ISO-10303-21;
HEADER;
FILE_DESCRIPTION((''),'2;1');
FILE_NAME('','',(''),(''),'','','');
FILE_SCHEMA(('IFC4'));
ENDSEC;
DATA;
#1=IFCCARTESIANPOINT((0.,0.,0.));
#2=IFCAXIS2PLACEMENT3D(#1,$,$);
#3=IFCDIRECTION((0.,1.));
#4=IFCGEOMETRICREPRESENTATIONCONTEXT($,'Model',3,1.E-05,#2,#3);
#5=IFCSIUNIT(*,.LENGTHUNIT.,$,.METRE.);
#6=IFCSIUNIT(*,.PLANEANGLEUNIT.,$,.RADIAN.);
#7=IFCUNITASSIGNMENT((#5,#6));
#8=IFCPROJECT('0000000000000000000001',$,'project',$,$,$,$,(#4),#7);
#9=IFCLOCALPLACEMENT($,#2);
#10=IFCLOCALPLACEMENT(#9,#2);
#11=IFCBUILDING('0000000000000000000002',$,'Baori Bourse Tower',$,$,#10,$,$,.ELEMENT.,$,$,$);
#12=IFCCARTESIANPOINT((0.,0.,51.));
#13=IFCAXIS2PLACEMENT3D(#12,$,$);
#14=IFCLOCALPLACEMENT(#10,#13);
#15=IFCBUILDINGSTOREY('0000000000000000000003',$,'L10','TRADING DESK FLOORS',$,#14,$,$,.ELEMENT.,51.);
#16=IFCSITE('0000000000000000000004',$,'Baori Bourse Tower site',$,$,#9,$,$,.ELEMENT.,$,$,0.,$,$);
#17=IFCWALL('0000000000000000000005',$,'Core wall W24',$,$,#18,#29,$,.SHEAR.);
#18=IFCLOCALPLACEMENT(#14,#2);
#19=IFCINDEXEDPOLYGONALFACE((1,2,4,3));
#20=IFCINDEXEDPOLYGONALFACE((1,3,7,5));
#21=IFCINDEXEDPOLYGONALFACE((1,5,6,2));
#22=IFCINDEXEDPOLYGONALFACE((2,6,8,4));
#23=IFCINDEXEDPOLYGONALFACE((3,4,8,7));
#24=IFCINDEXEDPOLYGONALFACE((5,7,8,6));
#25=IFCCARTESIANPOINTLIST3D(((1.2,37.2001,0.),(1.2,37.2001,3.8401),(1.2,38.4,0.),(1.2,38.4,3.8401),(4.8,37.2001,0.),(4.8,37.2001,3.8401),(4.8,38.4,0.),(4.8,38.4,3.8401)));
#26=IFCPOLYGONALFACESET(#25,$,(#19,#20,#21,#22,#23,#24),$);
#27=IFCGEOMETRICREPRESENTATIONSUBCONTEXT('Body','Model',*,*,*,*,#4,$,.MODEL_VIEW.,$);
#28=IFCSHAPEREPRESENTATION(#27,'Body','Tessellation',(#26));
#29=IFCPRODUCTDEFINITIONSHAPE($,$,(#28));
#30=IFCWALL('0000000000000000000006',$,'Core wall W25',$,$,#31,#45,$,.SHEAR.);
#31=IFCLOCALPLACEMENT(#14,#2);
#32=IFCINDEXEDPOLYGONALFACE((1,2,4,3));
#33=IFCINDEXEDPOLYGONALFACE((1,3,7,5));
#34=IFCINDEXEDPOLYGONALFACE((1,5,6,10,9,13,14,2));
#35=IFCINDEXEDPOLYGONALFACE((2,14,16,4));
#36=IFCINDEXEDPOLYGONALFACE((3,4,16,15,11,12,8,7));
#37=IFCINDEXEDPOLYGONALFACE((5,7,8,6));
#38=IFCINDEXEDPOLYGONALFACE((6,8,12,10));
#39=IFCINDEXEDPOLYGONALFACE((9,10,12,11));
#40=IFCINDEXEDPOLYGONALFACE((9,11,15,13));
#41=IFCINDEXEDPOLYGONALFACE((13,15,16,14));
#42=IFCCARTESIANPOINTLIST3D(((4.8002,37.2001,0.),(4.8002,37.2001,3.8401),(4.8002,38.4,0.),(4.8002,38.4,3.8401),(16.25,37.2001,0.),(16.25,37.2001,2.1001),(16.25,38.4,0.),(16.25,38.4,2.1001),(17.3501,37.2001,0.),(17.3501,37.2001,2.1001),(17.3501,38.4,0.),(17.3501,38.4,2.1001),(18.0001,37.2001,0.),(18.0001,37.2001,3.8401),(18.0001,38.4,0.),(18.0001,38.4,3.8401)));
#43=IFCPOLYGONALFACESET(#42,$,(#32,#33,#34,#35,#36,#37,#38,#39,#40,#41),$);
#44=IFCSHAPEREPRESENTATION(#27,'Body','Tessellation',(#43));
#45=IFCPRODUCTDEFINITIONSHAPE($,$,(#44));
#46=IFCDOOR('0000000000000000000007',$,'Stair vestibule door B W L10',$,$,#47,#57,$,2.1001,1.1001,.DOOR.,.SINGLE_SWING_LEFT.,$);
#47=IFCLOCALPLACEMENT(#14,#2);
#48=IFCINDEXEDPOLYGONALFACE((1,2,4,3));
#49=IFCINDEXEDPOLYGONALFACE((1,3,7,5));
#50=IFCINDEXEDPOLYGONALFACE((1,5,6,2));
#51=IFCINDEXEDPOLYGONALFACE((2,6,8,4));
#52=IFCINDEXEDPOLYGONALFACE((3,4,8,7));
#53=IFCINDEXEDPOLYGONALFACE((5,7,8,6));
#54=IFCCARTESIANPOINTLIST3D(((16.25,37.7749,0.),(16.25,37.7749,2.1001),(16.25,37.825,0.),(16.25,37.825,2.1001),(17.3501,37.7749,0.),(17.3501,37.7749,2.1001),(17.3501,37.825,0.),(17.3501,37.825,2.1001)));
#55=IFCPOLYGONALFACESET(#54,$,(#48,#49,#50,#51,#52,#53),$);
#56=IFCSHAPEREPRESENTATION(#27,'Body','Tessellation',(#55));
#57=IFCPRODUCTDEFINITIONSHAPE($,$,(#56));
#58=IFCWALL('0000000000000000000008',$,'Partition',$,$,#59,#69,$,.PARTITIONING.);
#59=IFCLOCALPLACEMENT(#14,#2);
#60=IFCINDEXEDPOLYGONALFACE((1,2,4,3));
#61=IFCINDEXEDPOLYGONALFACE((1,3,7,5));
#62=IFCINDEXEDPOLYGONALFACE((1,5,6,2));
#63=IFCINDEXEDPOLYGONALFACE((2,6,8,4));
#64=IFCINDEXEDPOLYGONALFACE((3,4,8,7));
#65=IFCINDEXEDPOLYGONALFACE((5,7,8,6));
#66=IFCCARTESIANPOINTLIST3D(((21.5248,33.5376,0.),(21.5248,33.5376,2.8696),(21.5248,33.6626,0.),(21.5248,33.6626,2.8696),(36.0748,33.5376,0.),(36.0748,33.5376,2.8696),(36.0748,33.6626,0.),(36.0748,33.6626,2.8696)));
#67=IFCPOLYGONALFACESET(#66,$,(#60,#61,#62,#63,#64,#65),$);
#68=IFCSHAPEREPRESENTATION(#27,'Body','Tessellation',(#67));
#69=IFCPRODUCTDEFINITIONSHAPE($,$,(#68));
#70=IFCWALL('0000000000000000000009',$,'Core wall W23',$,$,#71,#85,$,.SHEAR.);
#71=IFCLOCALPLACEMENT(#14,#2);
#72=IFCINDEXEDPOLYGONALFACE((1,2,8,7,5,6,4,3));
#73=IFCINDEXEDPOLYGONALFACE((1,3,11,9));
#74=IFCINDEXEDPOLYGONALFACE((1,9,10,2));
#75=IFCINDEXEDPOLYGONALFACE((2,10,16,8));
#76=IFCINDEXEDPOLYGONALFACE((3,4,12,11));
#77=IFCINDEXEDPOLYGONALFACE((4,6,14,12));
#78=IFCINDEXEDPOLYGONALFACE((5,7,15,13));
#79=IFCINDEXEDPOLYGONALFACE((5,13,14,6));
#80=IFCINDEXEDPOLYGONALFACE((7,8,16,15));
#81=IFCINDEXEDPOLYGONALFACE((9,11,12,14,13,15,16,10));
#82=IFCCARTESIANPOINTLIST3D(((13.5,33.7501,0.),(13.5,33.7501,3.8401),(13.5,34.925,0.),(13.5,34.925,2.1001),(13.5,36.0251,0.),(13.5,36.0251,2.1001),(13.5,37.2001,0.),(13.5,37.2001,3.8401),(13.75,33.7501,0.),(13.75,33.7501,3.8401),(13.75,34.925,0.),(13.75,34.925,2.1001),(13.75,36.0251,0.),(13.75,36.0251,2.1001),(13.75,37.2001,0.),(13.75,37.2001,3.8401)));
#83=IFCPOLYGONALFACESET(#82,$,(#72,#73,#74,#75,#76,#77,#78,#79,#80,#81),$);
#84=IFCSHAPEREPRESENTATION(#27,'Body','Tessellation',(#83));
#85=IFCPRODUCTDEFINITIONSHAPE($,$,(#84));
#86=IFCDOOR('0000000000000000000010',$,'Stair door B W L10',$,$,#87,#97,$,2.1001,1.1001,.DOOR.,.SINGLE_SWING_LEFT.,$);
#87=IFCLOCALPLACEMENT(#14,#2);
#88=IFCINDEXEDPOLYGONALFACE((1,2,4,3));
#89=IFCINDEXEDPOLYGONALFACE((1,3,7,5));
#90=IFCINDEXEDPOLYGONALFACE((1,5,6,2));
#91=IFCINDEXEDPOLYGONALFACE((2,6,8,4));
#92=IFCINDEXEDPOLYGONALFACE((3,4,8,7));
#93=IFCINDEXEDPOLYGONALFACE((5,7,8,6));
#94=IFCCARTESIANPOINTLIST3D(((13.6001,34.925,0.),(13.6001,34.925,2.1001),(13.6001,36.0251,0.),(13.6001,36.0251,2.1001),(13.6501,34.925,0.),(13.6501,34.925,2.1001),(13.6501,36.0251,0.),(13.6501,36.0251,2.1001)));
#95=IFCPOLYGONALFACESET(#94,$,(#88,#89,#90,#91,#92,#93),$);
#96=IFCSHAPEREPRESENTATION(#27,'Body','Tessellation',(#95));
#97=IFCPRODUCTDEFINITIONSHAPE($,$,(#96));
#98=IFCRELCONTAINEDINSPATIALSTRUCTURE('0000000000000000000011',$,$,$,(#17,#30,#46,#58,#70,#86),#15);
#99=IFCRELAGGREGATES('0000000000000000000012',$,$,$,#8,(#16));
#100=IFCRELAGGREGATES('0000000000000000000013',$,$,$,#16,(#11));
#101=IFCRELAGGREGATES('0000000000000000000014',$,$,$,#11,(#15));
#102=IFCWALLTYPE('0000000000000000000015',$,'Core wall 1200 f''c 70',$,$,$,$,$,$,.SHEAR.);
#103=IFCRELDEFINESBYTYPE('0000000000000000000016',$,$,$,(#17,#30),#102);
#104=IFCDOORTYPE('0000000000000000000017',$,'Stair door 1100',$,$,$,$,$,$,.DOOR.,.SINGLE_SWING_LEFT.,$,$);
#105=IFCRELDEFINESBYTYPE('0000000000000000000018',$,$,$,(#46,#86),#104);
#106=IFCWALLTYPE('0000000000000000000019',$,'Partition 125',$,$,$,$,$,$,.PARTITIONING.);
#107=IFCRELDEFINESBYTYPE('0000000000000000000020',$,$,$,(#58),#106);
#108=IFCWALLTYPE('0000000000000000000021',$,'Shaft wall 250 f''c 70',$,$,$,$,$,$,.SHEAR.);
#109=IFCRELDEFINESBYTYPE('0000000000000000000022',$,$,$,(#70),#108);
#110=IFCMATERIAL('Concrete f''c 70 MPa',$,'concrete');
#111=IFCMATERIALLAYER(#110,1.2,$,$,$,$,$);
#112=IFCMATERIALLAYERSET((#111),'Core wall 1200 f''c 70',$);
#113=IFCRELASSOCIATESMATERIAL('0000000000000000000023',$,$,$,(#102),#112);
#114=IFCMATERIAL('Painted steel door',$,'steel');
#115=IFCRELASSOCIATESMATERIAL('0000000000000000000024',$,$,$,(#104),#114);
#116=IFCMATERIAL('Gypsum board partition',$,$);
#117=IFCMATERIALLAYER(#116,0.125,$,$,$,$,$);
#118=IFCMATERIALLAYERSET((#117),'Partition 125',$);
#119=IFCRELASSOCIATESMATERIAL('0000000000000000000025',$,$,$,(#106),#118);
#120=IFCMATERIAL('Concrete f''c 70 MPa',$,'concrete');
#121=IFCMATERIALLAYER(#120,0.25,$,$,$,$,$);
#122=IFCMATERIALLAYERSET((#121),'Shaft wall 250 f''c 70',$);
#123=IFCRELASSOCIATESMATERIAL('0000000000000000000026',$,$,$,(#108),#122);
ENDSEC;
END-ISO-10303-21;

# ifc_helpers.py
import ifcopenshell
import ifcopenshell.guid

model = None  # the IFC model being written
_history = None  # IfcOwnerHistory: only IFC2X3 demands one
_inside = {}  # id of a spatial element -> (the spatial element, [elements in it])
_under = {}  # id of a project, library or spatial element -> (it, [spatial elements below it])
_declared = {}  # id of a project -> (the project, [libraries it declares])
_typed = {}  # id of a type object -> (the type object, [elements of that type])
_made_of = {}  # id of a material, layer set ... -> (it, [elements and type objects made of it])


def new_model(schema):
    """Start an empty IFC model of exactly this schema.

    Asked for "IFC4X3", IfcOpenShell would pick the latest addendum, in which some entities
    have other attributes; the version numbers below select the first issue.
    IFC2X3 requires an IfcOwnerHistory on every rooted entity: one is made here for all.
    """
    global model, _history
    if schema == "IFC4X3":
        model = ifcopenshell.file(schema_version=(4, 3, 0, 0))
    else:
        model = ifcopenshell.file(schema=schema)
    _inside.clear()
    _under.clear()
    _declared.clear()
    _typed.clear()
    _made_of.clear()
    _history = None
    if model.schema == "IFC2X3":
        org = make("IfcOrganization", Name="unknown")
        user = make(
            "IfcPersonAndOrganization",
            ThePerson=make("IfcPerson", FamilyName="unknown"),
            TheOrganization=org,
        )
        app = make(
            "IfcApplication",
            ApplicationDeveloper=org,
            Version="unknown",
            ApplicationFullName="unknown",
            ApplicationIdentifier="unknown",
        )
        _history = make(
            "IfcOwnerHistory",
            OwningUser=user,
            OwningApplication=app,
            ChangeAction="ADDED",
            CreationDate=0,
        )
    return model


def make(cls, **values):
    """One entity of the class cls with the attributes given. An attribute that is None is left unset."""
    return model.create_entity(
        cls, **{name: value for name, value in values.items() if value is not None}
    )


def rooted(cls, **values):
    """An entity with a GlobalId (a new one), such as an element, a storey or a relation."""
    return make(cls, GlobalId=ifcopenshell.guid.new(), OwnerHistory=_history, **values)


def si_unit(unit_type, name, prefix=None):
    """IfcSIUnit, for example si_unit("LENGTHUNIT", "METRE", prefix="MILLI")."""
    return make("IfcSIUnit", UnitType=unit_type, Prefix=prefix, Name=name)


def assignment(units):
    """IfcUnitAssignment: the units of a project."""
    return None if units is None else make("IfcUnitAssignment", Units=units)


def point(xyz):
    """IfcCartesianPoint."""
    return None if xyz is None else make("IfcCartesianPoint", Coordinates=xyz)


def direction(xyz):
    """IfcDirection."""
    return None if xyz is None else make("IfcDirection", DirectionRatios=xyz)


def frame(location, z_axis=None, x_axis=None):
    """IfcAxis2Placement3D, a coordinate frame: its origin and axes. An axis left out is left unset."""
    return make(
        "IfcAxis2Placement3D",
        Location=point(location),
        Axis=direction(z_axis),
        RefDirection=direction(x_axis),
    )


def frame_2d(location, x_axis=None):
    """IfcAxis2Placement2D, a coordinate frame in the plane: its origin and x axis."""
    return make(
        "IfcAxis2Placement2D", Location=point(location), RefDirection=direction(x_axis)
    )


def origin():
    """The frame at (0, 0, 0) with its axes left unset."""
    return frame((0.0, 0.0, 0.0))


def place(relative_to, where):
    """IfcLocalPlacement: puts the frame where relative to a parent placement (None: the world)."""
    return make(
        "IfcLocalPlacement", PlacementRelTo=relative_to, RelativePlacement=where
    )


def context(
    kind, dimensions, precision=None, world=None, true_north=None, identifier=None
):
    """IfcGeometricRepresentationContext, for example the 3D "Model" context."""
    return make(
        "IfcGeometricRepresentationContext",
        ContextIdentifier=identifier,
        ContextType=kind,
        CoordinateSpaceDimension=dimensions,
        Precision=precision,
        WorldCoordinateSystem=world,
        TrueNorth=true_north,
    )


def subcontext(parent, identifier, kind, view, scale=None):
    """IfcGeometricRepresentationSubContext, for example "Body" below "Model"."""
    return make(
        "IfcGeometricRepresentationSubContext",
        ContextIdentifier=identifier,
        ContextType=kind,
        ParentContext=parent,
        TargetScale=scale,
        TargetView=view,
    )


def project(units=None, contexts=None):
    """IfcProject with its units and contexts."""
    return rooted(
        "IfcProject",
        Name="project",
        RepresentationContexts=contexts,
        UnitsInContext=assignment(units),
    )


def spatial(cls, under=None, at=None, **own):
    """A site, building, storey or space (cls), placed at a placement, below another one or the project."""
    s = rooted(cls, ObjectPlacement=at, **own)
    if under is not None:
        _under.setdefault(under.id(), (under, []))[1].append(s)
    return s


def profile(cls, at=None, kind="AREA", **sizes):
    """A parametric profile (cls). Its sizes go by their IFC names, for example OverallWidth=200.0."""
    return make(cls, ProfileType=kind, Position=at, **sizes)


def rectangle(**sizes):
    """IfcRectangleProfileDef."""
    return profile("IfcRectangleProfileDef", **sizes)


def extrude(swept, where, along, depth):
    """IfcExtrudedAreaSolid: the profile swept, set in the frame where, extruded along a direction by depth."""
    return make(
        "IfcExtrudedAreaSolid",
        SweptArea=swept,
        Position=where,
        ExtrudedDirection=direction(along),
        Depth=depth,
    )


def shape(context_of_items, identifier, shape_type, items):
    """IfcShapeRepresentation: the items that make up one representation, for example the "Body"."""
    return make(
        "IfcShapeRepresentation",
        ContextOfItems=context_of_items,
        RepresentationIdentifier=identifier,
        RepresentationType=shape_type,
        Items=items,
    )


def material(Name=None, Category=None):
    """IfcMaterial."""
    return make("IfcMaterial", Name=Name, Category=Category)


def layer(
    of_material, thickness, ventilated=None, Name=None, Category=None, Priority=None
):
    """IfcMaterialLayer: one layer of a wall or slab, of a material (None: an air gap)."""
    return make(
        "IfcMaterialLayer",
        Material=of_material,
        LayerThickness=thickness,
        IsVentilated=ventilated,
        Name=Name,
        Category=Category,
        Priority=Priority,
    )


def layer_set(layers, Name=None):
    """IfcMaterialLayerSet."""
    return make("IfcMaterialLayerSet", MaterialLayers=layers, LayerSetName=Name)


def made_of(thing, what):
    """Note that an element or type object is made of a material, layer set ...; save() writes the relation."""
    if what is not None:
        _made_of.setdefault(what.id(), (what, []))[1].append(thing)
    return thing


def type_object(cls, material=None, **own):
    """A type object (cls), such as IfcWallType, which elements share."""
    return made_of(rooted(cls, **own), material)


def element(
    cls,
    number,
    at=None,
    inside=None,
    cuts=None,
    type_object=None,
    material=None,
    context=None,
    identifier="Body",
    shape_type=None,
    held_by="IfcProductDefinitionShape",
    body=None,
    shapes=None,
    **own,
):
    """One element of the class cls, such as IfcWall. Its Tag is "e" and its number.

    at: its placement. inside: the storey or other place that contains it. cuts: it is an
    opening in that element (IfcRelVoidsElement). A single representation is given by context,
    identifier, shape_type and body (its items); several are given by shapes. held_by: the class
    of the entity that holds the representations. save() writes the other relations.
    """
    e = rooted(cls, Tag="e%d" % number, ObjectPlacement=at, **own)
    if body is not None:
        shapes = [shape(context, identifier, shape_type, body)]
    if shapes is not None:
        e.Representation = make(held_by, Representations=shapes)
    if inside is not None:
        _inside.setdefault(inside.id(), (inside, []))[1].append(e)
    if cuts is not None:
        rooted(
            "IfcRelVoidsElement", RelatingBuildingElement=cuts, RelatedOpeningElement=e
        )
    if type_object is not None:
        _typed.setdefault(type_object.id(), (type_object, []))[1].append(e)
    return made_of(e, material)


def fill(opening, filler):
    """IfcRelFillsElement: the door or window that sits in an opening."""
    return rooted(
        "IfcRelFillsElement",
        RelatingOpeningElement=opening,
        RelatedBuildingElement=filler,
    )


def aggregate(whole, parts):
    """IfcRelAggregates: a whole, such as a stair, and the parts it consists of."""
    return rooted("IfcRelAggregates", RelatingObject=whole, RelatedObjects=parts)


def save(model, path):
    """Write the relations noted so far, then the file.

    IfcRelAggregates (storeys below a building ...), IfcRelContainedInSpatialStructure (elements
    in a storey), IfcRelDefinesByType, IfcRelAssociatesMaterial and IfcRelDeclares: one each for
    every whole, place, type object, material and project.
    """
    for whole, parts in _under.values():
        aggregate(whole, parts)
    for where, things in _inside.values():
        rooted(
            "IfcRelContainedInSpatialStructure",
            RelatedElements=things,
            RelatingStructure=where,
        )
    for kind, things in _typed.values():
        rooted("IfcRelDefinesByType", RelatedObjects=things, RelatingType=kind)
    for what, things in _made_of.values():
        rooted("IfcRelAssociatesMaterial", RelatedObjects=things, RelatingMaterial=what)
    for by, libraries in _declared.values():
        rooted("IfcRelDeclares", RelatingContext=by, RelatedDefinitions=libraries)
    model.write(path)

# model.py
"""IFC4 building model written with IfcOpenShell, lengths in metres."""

from ifc_helpers import new_model, si_unit, direction, frame, frame_2d, origin, place, context, subcontext, project, spatial, rectangle, extrude, material, layer, layer_set, type_object, element, fill, save


model = new_model("IFC4")

# Units and contexts
model_context = context("Model", 3, precision=1e-05, world=origin(), true_north=direction((0.0, 1.0)))
body_context = subcontext(model_context, "Body", "Model", "MODEL_VIEW")
ifc_project = project(units=[si_unit("LENGTHUNIT", "METRE"), si_unit("PLANEANGLEUNIT", "RADIAN")], contexts=[model_context])

# Site, building, storey
site_placement = place(None, origin())
site = spatial("IfcSite", under=ifc_project, at=site_placement, Name="Baori Bourse Tower site", CompositionType="ELEMENT", RefElevation=0.0)
building_placement = place(site_placement, origin())
building = spatial("IfcBuilding", under=site, at=building_placement, Name="Baori Bourse Tower", CompositionType="ELEMENT")
storey_placement = place(building_placement, frame((0.0, 0.0, 51.0)))
storey = spatial("IfcBuildingStorey", under=building, at=storey_placement, Name="L10", Description="TRADING DESK FLOORS", CompositionType="ELEMENT", Elevation=51.0)

# Wall
ifc_material_1 = material(Name="Concrete f'c 70 MPa", Category="concrete")
ifc_layer_1 = layer(ifc_material_1, 1.2)
ifc_layer_set_1 = layer_set([ifc_layer_1], Name="Core wall 1200 f'c 70")
wall_type_1 = type_object("IfcWallType", Name="Core wall 1200 f'c 70", PredefinedType="SHEAR", material=ifc_layer_set_1)
wall_1_placement = place(storey_placement, frame((1.2, 37.8, 0.0), z_axis=(0.0, 0.0, 1.0), x_axis=(1.0, 0.0, 0.0)))
element("IfcWall", 1, at=wall_1_placement, inside=storey, type_object=wall_type_1, Name="Core wall W24", PredefinedType="SHEAR", context=body_context, shape_type="SweptSolid", body=[
    extrude(rectangle(XDim=3.6001, YDim=1.2, at=frame_2d((1.8, 0.0))), origin(), (0.0, 0.0, 1.0), 3.8401),
])

# Wall, opening, door
wall_2_placement = place(storey_placement, frame((4.8, 37.8, 0.0), z_axis=(0.0, 0.0, 1.0), x_axis=(1.0, 0.0, 0.0)))
wall_2 = element("IfcWall", 2, at=wall_2_placement, inside=storey, type_object=wall_type_1, Name="Core wall W25", PredefinedType="SHEAR", context=body_context, shape_type="SweptSolid", body=[
    extrude(rectangle(XDim=13.2, YDim=1.2, at=frame_2d((6.6001, 0.0))), origin(), (0.0, 0.0, 1.0), 3.8401),
])
opening_1_placement = place(wall_2_placement, frame((11.45, 0.0, 0.0)))
opening_1 = element("IfcOpeningElement", 3, at=opening_1_placement, cuts=wall_2, PredefinedType="OPENING", context=body_context, shape_type="SweptSolid", body=[
    extrude(rectangle(XDim=1.1001, YDim=2.1001, at=frame_2d((0.55, 1.05))), frame((0.0, 0.6099, 0.0), z_axis=(0.0, -1.0, 0.0), x_axis=(1.0, 0.0, 0.0)), (0.0, 0.0, 1.0), 1.22),
])
ifc_material_2 = material(Name="Painted steel door", Category="steel")
door_type_1 = type_object("IfcDoorType", Name="Stair door 1100", OperationType="SINGLE_SWING_LEFT", PredefinedType="DOOR", material=ifc_material_2)
door_1_placement = place(opening_1_placement, origin())
door_1 = element("IfcDoor", 4, at=door_1_placement, inside=storey, type_object=door_type_1, Name="Stair vestibule door B W L10", OperationType="SINGLE_SWING_LEFT", OverallHeight=2.1001, OverallWidth=1.1001, PredefinedType="DOOR", context=body_context, shape_type="SweptSolid", body=[
    extrude(rectangle(XDim=1.1001, YDim=2.1001, at=frame_2d((0.55, 1.05))), frame((0.0, 0.0249, 0.0), z_axis=(0.0, -1.0, 0.0), x_axis=(1.0, 0.0, 0.0)), (0.0, 0.0, 1.0), 0.05),
])
fill(opening_1, door_1)

# Wall
ifc_material_3 = material(Name="Gypsum board partition")
ifc_layer_2 = layer(ifc_material_3, 0.125)
ifc_layer_set_2 = layer_set([ifc_layer_2], Name="Partition 125")
wall_type_2 = type_object("IfcWallType", Name="Partition 125", PredefinedType="PARTITIONING", material=ifc_layer_set_2)
wall_3_placement = place(storey_placement, frame((21.5249, 33.6001, 0.0), z_axis=(0.0, 0.0, 1.0), x_axis=(1.0, 0.0, 0.0)))
element("IfcWall", 5, at=wall_3_placement, inside=storey, type_object=wall_type_2, Name="Partition", PredefinedType="PARTITIONING", context=body_context, shape_type="SweptSolid", body=[
    extrude(rectangle(XDim=14.55, YDim=0.125, at=frame_2d((7.2749, 0.0))), origin(), (0.0, 0.0, 1.0), 2.8696),
])

# Wall, opening, door
ifc_material_4 = material(Name="Concrete f'c 70 MPa", Category="concrete")
ifc_layer_3 = layer(ifc_material_4, 0.25)
ifc_layer_set_3 = layer_set([ifc_layer_3], Name="Shaft wall 250 f'c 70")
wall_type_3 = type_object("IfcWallType", Name="Shaft wall 250 f'c 70", PredefinedType="SHEAR", material=ifc_layer_set_3)
wall_4_placement = place(storey_placement, frame((13.625, 33.75, 0.0), z_axis=(0.0, 0.0, 1.0), x_axis=(0.0, 1.0, 0.0)))
wall_4 = element("IfcWall", 6, at=wall_4_placement, inside=storey, type_object=wall_type_3, Name="Core wall W23", PredefinedType="SHEAR", context=body_context, shape_type="SweptSolid", body=[
    extrude(rectangle(XDim=3.45, YDim=0.25, at=frame_2d((1.7251, 0.0))), origin(), (0.0, 0.0, 1.0), 3.8401),
])
opening_2_placement = place(wall_4_placement, frame((1.175, 0.0, 0.0)))
opening_2 = element("IfcOpeningElement", 7, at=opening_2_placement, cuts=wall_4, PredefinedType="OPENING", context=body_context, shape_type="SweptSolid", body=[
    extrude(rectangle(XDim=1.1001, YDim=2.1001, at=frame_2d((0.55, 1.05))), frame((0.0, 0.135, 0.0), z_axis=(0.0, -1.0, 0.0), x_axis=(1.0, 0.0, 0.0)), (0.0, 0.0, 1.0), 0.27),
])
door_2_placement = place(opening_2_placement, origin())
door_2 = element("IfcDoor", 8, at=door_2_placement, inside=storey, type_object=door_type_1, Name="Stair door B W L10", OperationType="SINGLE_SWING_LEFT", OverallHeight=2.1001, OverallWidth=1.1001, PredefinedType="DOOR", context=body_context, shape_type="SweptSolid", body=[
    extrude(rectangle(XDim=1.1001, YDim=2.1001, at=frame_2d((0.55, 1.05))), frame((0.0, 0.0249, 0.0), z_axis=(0.0, -1.0, 0.0), x_axis=(1.0, 0.0, 0.0)), (0.0, 0.0, 1.0), 0.05),
])
fill(opening_2, door_2)

save(model, "model.ifc")
